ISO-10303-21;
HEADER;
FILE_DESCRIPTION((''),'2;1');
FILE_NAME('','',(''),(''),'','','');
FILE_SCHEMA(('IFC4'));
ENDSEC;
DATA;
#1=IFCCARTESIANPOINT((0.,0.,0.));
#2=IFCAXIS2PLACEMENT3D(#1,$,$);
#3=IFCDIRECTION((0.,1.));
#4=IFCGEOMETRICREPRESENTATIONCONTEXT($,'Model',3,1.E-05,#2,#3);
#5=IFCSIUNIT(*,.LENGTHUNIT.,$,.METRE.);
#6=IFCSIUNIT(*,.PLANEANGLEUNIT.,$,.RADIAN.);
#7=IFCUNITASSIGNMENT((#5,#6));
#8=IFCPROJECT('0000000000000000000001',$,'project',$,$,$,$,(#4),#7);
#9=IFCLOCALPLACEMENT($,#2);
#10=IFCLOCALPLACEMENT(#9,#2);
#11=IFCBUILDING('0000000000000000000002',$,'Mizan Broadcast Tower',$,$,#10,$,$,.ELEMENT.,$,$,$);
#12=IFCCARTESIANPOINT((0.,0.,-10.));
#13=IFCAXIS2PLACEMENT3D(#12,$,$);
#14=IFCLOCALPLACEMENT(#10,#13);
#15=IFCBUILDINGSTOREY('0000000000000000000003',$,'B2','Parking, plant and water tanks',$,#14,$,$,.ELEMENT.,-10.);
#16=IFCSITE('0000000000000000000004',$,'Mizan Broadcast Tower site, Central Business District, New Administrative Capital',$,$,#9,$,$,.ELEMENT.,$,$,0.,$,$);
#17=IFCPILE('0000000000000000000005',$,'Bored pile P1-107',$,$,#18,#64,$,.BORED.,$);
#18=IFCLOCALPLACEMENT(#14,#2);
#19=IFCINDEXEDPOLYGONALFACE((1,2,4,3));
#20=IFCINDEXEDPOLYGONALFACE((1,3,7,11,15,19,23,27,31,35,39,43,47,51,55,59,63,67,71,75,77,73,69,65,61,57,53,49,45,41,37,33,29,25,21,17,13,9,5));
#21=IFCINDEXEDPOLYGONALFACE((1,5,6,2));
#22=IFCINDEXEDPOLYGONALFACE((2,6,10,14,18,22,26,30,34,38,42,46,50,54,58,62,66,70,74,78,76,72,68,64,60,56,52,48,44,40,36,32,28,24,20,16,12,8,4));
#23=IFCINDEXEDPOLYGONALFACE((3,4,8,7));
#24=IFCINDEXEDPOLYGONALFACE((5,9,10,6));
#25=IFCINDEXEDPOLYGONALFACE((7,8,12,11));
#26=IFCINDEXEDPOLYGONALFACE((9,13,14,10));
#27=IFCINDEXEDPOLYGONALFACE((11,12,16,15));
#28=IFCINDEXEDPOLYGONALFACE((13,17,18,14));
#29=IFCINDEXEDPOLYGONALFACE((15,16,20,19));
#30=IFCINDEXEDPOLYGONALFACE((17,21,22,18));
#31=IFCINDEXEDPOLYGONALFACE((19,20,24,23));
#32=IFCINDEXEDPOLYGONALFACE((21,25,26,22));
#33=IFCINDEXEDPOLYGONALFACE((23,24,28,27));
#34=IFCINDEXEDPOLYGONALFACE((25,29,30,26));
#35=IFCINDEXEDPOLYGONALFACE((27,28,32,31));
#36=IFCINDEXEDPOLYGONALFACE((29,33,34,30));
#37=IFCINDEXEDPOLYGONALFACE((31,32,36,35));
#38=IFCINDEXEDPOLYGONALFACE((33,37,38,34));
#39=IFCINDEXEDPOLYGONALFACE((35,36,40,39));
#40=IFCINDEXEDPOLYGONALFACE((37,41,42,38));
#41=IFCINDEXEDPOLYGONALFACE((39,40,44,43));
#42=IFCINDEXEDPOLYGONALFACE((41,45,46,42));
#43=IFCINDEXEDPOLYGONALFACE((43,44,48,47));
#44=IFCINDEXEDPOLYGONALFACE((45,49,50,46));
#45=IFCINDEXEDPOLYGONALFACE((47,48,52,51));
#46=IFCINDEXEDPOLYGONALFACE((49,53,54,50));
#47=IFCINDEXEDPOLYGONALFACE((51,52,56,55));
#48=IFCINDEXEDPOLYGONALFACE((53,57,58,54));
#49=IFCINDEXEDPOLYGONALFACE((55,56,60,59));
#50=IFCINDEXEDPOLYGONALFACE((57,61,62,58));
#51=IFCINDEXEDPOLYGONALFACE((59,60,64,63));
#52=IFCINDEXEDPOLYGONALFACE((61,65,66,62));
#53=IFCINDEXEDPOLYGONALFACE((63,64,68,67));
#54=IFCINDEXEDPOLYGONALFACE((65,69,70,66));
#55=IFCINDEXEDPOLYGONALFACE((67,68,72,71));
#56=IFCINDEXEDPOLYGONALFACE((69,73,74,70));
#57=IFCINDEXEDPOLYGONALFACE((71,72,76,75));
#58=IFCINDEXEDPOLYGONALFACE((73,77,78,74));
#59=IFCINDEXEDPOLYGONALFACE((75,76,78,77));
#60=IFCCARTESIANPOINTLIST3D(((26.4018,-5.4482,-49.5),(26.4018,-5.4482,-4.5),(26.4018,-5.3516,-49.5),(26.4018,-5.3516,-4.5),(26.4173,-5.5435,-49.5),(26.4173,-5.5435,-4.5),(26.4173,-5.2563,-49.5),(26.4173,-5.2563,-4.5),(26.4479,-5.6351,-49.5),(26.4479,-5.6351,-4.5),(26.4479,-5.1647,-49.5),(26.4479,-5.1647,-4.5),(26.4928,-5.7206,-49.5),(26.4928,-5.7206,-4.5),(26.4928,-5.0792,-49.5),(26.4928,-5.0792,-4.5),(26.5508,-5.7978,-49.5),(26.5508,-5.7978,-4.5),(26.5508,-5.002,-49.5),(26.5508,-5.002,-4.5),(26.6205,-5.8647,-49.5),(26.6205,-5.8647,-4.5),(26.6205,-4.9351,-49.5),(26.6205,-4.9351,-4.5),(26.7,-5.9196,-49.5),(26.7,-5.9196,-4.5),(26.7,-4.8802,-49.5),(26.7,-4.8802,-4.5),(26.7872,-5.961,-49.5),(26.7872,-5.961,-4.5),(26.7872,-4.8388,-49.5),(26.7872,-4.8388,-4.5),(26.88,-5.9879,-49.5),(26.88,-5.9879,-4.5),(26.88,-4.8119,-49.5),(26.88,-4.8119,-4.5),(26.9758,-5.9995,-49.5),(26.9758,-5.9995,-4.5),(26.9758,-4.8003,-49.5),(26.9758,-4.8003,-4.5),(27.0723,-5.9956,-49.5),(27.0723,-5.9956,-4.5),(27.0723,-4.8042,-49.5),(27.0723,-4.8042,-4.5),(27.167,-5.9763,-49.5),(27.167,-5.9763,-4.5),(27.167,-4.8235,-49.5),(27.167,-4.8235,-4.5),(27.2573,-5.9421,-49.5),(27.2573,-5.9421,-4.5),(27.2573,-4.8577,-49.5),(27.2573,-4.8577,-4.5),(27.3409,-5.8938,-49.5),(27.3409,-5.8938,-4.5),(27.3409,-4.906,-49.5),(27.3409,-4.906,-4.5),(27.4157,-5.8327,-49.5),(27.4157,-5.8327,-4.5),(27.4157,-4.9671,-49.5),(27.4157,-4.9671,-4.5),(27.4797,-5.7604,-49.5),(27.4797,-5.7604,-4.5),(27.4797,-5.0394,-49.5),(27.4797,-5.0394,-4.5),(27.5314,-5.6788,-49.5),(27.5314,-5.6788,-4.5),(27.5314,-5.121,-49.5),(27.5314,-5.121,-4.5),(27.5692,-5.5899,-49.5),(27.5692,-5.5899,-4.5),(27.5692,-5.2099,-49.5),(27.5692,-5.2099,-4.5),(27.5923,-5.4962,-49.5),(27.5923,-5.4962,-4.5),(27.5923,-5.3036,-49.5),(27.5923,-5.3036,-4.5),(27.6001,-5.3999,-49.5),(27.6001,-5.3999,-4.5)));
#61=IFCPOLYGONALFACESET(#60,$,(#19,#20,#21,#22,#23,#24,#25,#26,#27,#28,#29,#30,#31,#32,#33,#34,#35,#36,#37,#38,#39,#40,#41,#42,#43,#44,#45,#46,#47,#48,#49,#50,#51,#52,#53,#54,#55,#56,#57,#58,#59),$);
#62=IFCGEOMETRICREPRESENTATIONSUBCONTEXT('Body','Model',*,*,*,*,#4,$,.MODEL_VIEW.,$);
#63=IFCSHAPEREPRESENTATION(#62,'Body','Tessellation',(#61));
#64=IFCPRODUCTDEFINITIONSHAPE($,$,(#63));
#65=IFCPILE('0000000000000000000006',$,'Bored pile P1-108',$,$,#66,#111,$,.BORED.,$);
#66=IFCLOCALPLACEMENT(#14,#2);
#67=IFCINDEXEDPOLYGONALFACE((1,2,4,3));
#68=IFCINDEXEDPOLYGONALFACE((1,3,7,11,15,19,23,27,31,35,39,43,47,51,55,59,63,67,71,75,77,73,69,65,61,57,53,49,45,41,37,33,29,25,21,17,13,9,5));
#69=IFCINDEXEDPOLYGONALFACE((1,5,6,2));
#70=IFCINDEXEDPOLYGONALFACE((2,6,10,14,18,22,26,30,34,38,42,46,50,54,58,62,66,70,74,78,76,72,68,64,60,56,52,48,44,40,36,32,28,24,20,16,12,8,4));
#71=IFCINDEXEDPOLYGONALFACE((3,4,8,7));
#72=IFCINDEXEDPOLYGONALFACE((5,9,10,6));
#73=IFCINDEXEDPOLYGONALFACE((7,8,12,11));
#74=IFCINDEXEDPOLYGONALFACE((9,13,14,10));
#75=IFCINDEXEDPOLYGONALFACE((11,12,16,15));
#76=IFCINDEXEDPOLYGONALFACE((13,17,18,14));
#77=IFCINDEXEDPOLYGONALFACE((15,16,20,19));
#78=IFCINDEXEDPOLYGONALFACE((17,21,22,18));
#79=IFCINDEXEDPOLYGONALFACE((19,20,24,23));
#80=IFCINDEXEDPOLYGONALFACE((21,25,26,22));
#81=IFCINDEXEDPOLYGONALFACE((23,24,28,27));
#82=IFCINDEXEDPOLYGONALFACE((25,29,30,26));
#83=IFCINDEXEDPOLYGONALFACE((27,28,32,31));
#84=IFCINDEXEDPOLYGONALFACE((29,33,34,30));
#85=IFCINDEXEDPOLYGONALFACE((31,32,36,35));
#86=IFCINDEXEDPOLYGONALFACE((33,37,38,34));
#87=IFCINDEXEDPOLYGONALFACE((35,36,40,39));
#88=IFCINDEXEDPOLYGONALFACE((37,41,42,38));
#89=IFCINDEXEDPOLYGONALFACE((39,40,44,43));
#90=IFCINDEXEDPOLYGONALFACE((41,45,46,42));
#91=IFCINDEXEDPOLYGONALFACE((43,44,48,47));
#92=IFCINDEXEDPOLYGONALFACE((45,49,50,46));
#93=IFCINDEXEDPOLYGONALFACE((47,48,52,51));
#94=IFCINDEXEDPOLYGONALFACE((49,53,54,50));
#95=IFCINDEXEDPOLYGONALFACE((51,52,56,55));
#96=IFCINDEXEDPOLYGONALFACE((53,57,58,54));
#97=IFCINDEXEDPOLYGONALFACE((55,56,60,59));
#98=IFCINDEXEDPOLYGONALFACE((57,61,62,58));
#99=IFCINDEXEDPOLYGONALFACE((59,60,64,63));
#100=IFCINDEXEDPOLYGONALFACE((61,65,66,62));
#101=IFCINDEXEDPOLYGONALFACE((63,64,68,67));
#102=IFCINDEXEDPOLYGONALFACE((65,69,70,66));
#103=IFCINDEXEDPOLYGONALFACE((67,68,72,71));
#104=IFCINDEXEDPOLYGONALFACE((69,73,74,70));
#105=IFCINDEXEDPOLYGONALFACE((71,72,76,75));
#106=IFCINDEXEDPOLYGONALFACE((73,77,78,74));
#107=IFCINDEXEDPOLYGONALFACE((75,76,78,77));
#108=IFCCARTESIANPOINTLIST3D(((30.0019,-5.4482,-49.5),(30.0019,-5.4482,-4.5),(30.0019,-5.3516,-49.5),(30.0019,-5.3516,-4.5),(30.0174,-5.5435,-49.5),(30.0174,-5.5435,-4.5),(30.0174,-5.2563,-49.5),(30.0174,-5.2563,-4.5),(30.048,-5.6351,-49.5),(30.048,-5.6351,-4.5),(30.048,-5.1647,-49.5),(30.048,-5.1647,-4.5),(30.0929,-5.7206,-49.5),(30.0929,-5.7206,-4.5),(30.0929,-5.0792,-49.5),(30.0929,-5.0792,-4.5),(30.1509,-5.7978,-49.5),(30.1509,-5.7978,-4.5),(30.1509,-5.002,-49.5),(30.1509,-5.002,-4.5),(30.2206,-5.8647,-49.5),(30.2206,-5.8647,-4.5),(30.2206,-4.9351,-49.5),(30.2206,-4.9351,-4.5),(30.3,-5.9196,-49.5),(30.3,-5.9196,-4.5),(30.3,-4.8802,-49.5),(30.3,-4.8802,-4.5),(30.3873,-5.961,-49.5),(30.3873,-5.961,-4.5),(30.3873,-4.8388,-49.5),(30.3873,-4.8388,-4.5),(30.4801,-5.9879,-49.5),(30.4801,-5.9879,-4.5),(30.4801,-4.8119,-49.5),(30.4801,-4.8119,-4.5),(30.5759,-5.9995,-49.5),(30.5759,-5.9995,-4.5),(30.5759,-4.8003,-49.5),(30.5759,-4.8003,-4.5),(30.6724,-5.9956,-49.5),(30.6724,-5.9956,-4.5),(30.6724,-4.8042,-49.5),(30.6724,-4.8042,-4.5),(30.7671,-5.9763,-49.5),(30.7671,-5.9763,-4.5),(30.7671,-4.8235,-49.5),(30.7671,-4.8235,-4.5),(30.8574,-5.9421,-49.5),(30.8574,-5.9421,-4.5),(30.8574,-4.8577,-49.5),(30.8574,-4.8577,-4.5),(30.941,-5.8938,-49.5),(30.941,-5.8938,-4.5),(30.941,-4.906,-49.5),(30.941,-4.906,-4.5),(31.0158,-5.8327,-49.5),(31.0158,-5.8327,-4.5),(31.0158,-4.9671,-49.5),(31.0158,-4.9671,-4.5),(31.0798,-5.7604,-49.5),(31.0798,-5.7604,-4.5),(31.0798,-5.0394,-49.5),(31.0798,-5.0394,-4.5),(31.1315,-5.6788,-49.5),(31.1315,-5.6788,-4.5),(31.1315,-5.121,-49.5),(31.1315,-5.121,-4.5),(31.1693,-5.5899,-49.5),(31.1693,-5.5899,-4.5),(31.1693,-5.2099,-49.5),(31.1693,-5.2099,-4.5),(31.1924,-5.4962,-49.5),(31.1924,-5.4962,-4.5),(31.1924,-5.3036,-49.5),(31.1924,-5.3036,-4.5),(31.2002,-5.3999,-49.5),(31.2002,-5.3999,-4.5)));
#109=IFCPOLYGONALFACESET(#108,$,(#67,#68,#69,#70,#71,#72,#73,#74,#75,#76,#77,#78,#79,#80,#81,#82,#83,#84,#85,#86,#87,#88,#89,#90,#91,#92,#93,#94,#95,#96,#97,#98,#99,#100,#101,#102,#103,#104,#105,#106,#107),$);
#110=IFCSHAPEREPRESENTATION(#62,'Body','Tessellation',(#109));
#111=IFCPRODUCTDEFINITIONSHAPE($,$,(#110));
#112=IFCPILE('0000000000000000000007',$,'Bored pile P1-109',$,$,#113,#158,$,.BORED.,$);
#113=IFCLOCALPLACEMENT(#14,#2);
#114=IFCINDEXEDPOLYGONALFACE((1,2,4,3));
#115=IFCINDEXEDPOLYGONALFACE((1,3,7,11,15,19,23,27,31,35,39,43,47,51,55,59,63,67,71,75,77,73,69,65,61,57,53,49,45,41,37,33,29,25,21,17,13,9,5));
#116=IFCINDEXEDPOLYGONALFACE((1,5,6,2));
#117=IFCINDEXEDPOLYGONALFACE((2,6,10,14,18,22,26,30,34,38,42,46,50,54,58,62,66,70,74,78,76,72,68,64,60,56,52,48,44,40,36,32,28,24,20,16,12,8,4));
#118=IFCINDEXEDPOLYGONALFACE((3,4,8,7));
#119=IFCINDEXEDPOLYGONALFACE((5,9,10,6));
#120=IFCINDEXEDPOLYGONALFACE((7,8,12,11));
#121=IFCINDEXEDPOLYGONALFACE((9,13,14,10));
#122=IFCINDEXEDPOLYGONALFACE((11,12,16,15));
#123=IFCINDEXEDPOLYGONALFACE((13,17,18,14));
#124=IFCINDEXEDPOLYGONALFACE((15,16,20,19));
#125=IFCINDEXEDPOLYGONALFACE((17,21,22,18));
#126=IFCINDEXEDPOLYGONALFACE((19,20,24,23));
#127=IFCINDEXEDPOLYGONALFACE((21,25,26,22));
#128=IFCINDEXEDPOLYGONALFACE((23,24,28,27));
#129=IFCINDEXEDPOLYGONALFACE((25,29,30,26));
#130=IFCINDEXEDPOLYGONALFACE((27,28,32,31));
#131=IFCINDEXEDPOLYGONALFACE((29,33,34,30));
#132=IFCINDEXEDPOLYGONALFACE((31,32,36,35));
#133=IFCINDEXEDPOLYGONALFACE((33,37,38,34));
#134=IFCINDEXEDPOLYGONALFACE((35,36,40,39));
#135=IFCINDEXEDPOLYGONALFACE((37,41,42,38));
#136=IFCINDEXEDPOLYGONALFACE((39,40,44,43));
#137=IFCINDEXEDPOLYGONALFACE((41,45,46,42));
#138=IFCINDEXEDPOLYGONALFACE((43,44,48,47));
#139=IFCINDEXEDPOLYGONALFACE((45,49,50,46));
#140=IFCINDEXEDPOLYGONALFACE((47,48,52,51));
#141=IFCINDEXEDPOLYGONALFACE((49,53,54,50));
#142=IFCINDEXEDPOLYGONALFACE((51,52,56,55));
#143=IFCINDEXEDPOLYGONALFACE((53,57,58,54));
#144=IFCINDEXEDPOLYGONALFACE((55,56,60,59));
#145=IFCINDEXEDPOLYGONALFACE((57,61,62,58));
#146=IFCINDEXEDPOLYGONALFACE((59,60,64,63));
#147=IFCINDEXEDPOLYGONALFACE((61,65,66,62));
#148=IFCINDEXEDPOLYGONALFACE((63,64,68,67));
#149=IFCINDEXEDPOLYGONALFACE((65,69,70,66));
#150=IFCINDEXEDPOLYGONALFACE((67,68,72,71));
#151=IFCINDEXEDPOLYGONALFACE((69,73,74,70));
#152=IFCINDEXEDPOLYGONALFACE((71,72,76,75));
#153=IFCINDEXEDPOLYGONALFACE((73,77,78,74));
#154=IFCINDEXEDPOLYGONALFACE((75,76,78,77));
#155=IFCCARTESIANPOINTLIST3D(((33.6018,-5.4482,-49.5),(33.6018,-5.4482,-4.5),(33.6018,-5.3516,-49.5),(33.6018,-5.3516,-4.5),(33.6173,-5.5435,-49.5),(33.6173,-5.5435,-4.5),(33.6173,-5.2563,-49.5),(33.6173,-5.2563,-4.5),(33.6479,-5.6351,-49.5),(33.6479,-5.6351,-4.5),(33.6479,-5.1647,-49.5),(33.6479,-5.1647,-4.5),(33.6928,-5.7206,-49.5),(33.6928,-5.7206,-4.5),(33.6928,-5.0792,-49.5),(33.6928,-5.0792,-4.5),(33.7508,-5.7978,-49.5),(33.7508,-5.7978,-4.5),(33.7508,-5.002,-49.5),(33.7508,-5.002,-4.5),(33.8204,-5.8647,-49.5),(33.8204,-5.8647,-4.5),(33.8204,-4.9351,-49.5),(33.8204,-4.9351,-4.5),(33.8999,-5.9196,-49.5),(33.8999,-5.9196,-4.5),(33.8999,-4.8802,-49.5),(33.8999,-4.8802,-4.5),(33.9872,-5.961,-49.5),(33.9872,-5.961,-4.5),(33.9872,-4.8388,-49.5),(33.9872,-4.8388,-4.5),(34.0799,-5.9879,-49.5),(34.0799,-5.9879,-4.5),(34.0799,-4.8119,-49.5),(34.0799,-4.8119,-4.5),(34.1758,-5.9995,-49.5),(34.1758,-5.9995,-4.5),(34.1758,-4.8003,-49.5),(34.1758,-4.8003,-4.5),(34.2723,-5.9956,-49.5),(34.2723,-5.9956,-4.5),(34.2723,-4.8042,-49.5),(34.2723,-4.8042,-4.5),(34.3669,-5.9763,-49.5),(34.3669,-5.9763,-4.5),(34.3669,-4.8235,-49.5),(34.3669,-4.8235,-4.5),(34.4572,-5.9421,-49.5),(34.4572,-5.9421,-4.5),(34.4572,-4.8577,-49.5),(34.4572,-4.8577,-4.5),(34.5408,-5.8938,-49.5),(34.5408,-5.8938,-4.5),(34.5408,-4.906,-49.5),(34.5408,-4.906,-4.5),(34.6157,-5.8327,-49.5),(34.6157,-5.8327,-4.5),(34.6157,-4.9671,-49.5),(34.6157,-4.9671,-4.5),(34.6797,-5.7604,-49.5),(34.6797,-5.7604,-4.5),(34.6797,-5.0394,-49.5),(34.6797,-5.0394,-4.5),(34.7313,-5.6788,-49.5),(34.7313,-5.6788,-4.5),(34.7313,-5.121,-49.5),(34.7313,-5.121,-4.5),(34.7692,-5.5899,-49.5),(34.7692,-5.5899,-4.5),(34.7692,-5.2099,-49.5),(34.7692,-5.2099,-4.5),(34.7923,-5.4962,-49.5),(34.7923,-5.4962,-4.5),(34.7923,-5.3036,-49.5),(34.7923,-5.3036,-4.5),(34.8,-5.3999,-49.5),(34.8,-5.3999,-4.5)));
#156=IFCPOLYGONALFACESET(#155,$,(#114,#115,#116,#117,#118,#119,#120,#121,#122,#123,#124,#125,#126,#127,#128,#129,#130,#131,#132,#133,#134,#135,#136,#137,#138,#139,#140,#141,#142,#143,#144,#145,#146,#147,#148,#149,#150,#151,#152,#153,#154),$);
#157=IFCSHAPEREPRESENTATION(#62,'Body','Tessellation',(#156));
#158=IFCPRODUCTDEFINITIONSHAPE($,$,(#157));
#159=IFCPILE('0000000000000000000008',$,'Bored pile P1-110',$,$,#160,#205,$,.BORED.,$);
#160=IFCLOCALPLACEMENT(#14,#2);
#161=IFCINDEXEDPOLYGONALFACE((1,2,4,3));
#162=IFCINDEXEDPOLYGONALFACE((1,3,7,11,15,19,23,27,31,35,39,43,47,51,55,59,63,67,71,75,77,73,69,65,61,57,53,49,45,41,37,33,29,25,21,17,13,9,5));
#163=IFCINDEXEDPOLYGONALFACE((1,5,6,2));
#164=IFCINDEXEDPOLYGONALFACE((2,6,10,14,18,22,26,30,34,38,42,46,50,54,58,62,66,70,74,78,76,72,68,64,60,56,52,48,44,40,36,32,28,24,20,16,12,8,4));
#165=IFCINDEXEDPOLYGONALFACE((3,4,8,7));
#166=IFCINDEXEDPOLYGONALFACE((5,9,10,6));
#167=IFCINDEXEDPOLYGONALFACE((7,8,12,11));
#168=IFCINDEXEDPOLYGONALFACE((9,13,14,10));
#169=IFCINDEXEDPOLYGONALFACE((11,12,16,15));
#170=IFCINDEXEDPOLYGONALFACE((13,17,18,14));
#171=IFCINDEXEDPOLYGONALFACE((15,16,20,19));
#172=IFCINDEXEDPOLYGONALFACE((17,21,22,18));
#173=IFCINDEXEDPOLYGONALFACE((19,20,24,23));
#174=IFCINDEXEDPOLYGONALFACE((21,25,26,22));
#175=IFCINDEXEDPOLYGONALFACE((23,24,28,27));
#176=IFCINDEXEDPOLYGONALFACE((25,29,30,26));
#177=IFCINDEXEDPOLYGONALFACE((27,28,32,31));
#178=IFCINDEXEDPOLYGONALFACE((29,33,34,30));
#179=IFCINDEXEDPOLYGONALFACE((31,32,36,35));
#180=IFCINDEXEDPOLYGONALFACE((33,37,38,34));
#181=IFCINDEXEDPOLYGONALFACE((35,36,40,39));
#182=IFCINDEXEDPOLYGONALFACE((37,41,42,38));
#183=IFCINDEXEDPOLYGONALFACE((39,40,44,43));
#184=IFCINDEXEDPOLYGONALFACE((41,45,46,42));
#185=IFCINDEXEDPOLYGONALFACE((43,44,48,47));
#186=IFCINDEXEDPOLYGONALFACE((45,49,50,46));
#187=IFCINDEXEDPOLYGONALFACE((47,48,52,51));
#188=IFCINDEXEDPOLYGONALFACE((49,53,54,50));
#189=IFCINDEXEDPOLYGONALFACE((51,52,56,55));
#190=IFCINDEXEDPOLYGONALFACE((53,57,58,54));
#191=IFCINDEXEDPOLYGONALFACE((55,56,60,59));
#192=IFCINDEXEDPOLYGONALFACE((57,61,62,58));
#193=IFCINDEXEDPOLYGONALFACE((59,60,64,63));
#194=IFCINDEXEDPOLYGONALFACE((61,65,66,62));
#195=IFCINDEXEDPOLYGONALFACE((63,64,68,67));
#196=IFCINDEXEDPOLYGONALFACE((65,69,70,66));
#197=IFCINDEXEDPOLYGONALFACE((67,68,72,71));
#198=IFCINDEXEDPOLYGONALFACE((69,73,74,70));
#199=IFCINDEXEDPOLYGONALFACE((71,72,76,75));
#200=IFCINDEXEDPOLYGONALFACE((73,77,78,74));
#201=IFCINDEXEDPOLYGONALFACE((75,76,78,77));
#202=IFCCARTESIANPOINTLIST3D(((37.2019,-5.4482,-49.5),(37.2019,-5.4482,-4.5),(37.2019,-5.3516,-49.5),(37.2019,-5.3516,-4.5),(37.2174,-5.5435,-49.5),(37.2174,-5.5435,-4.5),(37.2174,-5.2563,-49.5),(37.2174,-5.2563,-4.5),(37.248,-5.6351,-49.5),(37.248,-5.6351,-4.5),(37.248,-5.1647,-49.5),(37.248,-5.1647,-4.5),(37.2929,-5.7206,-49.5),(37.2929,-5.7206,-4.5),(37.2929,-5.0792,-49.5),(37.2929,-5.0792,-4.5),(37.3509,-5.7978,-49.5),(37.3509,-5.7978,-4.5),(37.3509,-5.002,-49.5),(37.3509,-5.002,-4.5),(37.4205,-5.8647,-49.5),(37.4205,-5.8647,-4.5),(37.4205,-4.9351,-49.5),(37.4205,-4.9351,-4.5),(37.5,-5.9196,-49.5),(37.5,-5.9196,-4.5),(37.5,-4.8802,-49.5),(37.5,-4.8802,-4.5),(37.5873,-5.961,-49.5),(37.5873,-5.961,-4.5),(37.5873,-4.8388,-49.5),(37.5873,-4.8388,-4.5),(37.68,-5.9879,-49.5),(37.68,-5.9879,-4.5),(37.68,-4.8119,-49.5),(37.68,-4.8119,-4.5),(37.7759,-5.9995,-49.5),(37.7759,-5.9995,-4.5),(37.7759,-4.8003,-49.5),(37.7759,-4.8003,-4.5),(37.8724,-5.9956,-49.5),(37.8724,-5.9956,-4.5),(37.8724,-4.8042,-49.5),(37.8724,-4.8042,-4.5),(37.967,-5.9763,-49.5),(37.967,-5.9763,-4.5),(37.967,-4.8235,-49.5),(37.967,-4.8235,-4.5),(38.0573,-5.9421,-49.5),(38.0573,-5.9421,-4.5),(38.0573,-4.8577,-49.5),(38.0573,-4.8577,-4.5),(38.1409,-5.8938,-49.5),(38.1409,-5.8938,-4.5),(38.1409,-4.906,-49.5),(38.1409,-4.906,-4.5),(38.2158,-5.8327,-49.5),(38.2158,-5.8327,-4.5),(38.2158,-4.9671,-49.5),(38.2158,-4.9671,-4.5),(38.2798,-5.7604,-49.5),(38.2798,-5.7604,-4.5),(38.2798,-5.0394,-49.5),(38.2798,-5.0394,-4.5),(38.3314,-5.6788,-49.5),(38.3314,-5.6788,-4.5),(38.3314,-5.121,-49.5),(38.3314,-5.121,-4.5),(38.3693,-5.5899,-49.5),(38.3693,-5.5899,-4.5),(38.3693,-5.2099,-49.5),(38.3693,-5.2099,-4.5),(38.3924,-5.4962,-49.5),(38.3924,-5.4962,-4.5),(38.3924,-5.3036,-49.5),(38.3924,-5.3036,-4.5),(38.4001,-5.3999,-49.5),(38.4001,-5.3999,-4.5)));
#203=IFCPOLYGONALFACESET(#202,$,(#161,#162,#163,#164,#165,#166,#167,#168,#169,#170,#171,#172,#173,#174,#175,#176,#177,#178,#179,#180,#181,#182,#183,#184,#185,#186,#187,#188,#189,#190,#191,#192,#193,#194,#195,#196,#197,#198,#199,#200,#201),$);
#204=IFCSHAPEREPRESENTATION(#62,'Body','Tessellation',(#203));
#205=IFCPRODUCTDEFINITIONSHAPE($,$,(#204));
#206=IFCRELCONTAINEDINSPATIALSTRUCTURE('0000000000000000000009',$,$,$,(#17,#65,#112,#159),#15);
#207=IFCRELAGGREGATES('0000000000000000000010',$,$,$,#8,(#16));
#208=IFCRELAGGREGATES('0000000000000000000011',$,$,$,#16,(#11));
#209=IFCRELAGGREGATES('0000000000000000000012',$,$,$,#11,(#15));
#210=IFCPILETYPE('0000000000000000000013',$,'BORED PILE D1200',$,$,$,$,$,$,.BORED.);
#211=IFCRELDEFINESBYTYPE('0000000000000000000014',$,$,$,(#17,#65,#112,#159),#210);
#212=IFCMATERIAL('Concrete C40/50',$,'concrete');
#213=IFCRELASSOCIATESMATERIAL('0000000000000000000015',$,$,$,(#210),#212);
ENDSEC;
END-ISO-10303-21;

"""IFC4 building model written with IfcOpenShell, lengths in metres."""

from ifc_helpers import new_model, si_unit, direction, frame, origin, origin_2d, place, context, subcontext, project, spatial, circle, extrude, material, material_profile, profile_set, type_object, element, save


model = new_model("IFC4")

# Units and contexts
model_context = context("Model", 3, precision=1e-05, world=origin(), true_north=direction((0.0, 1.0)))
body_context = subcontext(model_context, "Body", "Model", "MODEL_VIEW")
ifc_project = project(units=[si_unit("LENGTHUNIT", "METRE"), si_unit("PLANEANGLEUNIT", "RADIAN")], contexts=[model_context])

# Site, building, storey
site_placement = place(None, origin())
site = spatial("IfcSite", under=ifc_project, at=site_placement, Name="Mizan Broadcast Tower site, Central Business District, New Administrative Capital", CompositionType="ELEMENT", RefElevation=0.0)
building_placement = place(site_placement, origin())
building = spatial("IfcBuilding", under=site, at=building_placement, Name="Mizan Broadcast Tower", CompositionType="ELEMENT")
storey_placement = place(building_placement, frame((0.0, 0.0, -10.0)))
storey = spatial("IfcBuildingStorey", under=building, at=storey_placement, Name="B2", Description="Parking, plant and water tanks", CompositionType="ELEMENT", Elevation=-10.0)

# Piles
ifc_material_1 = material(Name="Concrete C40/50", Category="concrete")
ifc_material_profile_1 = material_profile(ifc_material_1, circle(Radius=0.6001, at=origin_2d()), Name="D1200")
ifc_profile_set_1 = profile_set([ifc_material_profile_1], Name="Concrete C40/50")
pile_type_1 = type_object("IfcPileType", Name="BORED PILE D1200", PredefinedType="BORED", material=ifc_profile_set_1)
for number, where, z_axis, x_axis, name in (
    (1, (27.0, -5.3999, -4.5), (0.0, 0.0, -1.0), (1.0, 0.0, 0.0), "Bored pile P1-107"),
    (2, (30.6001, -5.3999, -4.5), (0.0, 0.0, -1.0), (1.0, 0.0, 0.0), "Bored pile P1-108"),
    (3, (34.2, -5.3999, -4.5), (0.0, 0.0, -1.0), (1.0, 0.0, 0.0), "Bored pile P1-109"),
    (4, (37.8, -5.3999, -4.5), (0.0, 0.0, -1.0), (1.0, 0.0, 0.0), "Bored pile P1-110"),
):
    element("IfcPile", number, at=place(storey_placement, frame(where, z_axis=z_axis, x_axis=x_axis)), inside=storey, type_object=pile_type_1, Name=name, PredefinedType="BORED", context=body_context, shape_type="SweptSolid", body=[
        extrude(circle(Radius=0.6001, at=origin_2d()), origin(), (0.0, 0.0, 1.0), 45.0),
    ])

save(model, "model.ifc")
